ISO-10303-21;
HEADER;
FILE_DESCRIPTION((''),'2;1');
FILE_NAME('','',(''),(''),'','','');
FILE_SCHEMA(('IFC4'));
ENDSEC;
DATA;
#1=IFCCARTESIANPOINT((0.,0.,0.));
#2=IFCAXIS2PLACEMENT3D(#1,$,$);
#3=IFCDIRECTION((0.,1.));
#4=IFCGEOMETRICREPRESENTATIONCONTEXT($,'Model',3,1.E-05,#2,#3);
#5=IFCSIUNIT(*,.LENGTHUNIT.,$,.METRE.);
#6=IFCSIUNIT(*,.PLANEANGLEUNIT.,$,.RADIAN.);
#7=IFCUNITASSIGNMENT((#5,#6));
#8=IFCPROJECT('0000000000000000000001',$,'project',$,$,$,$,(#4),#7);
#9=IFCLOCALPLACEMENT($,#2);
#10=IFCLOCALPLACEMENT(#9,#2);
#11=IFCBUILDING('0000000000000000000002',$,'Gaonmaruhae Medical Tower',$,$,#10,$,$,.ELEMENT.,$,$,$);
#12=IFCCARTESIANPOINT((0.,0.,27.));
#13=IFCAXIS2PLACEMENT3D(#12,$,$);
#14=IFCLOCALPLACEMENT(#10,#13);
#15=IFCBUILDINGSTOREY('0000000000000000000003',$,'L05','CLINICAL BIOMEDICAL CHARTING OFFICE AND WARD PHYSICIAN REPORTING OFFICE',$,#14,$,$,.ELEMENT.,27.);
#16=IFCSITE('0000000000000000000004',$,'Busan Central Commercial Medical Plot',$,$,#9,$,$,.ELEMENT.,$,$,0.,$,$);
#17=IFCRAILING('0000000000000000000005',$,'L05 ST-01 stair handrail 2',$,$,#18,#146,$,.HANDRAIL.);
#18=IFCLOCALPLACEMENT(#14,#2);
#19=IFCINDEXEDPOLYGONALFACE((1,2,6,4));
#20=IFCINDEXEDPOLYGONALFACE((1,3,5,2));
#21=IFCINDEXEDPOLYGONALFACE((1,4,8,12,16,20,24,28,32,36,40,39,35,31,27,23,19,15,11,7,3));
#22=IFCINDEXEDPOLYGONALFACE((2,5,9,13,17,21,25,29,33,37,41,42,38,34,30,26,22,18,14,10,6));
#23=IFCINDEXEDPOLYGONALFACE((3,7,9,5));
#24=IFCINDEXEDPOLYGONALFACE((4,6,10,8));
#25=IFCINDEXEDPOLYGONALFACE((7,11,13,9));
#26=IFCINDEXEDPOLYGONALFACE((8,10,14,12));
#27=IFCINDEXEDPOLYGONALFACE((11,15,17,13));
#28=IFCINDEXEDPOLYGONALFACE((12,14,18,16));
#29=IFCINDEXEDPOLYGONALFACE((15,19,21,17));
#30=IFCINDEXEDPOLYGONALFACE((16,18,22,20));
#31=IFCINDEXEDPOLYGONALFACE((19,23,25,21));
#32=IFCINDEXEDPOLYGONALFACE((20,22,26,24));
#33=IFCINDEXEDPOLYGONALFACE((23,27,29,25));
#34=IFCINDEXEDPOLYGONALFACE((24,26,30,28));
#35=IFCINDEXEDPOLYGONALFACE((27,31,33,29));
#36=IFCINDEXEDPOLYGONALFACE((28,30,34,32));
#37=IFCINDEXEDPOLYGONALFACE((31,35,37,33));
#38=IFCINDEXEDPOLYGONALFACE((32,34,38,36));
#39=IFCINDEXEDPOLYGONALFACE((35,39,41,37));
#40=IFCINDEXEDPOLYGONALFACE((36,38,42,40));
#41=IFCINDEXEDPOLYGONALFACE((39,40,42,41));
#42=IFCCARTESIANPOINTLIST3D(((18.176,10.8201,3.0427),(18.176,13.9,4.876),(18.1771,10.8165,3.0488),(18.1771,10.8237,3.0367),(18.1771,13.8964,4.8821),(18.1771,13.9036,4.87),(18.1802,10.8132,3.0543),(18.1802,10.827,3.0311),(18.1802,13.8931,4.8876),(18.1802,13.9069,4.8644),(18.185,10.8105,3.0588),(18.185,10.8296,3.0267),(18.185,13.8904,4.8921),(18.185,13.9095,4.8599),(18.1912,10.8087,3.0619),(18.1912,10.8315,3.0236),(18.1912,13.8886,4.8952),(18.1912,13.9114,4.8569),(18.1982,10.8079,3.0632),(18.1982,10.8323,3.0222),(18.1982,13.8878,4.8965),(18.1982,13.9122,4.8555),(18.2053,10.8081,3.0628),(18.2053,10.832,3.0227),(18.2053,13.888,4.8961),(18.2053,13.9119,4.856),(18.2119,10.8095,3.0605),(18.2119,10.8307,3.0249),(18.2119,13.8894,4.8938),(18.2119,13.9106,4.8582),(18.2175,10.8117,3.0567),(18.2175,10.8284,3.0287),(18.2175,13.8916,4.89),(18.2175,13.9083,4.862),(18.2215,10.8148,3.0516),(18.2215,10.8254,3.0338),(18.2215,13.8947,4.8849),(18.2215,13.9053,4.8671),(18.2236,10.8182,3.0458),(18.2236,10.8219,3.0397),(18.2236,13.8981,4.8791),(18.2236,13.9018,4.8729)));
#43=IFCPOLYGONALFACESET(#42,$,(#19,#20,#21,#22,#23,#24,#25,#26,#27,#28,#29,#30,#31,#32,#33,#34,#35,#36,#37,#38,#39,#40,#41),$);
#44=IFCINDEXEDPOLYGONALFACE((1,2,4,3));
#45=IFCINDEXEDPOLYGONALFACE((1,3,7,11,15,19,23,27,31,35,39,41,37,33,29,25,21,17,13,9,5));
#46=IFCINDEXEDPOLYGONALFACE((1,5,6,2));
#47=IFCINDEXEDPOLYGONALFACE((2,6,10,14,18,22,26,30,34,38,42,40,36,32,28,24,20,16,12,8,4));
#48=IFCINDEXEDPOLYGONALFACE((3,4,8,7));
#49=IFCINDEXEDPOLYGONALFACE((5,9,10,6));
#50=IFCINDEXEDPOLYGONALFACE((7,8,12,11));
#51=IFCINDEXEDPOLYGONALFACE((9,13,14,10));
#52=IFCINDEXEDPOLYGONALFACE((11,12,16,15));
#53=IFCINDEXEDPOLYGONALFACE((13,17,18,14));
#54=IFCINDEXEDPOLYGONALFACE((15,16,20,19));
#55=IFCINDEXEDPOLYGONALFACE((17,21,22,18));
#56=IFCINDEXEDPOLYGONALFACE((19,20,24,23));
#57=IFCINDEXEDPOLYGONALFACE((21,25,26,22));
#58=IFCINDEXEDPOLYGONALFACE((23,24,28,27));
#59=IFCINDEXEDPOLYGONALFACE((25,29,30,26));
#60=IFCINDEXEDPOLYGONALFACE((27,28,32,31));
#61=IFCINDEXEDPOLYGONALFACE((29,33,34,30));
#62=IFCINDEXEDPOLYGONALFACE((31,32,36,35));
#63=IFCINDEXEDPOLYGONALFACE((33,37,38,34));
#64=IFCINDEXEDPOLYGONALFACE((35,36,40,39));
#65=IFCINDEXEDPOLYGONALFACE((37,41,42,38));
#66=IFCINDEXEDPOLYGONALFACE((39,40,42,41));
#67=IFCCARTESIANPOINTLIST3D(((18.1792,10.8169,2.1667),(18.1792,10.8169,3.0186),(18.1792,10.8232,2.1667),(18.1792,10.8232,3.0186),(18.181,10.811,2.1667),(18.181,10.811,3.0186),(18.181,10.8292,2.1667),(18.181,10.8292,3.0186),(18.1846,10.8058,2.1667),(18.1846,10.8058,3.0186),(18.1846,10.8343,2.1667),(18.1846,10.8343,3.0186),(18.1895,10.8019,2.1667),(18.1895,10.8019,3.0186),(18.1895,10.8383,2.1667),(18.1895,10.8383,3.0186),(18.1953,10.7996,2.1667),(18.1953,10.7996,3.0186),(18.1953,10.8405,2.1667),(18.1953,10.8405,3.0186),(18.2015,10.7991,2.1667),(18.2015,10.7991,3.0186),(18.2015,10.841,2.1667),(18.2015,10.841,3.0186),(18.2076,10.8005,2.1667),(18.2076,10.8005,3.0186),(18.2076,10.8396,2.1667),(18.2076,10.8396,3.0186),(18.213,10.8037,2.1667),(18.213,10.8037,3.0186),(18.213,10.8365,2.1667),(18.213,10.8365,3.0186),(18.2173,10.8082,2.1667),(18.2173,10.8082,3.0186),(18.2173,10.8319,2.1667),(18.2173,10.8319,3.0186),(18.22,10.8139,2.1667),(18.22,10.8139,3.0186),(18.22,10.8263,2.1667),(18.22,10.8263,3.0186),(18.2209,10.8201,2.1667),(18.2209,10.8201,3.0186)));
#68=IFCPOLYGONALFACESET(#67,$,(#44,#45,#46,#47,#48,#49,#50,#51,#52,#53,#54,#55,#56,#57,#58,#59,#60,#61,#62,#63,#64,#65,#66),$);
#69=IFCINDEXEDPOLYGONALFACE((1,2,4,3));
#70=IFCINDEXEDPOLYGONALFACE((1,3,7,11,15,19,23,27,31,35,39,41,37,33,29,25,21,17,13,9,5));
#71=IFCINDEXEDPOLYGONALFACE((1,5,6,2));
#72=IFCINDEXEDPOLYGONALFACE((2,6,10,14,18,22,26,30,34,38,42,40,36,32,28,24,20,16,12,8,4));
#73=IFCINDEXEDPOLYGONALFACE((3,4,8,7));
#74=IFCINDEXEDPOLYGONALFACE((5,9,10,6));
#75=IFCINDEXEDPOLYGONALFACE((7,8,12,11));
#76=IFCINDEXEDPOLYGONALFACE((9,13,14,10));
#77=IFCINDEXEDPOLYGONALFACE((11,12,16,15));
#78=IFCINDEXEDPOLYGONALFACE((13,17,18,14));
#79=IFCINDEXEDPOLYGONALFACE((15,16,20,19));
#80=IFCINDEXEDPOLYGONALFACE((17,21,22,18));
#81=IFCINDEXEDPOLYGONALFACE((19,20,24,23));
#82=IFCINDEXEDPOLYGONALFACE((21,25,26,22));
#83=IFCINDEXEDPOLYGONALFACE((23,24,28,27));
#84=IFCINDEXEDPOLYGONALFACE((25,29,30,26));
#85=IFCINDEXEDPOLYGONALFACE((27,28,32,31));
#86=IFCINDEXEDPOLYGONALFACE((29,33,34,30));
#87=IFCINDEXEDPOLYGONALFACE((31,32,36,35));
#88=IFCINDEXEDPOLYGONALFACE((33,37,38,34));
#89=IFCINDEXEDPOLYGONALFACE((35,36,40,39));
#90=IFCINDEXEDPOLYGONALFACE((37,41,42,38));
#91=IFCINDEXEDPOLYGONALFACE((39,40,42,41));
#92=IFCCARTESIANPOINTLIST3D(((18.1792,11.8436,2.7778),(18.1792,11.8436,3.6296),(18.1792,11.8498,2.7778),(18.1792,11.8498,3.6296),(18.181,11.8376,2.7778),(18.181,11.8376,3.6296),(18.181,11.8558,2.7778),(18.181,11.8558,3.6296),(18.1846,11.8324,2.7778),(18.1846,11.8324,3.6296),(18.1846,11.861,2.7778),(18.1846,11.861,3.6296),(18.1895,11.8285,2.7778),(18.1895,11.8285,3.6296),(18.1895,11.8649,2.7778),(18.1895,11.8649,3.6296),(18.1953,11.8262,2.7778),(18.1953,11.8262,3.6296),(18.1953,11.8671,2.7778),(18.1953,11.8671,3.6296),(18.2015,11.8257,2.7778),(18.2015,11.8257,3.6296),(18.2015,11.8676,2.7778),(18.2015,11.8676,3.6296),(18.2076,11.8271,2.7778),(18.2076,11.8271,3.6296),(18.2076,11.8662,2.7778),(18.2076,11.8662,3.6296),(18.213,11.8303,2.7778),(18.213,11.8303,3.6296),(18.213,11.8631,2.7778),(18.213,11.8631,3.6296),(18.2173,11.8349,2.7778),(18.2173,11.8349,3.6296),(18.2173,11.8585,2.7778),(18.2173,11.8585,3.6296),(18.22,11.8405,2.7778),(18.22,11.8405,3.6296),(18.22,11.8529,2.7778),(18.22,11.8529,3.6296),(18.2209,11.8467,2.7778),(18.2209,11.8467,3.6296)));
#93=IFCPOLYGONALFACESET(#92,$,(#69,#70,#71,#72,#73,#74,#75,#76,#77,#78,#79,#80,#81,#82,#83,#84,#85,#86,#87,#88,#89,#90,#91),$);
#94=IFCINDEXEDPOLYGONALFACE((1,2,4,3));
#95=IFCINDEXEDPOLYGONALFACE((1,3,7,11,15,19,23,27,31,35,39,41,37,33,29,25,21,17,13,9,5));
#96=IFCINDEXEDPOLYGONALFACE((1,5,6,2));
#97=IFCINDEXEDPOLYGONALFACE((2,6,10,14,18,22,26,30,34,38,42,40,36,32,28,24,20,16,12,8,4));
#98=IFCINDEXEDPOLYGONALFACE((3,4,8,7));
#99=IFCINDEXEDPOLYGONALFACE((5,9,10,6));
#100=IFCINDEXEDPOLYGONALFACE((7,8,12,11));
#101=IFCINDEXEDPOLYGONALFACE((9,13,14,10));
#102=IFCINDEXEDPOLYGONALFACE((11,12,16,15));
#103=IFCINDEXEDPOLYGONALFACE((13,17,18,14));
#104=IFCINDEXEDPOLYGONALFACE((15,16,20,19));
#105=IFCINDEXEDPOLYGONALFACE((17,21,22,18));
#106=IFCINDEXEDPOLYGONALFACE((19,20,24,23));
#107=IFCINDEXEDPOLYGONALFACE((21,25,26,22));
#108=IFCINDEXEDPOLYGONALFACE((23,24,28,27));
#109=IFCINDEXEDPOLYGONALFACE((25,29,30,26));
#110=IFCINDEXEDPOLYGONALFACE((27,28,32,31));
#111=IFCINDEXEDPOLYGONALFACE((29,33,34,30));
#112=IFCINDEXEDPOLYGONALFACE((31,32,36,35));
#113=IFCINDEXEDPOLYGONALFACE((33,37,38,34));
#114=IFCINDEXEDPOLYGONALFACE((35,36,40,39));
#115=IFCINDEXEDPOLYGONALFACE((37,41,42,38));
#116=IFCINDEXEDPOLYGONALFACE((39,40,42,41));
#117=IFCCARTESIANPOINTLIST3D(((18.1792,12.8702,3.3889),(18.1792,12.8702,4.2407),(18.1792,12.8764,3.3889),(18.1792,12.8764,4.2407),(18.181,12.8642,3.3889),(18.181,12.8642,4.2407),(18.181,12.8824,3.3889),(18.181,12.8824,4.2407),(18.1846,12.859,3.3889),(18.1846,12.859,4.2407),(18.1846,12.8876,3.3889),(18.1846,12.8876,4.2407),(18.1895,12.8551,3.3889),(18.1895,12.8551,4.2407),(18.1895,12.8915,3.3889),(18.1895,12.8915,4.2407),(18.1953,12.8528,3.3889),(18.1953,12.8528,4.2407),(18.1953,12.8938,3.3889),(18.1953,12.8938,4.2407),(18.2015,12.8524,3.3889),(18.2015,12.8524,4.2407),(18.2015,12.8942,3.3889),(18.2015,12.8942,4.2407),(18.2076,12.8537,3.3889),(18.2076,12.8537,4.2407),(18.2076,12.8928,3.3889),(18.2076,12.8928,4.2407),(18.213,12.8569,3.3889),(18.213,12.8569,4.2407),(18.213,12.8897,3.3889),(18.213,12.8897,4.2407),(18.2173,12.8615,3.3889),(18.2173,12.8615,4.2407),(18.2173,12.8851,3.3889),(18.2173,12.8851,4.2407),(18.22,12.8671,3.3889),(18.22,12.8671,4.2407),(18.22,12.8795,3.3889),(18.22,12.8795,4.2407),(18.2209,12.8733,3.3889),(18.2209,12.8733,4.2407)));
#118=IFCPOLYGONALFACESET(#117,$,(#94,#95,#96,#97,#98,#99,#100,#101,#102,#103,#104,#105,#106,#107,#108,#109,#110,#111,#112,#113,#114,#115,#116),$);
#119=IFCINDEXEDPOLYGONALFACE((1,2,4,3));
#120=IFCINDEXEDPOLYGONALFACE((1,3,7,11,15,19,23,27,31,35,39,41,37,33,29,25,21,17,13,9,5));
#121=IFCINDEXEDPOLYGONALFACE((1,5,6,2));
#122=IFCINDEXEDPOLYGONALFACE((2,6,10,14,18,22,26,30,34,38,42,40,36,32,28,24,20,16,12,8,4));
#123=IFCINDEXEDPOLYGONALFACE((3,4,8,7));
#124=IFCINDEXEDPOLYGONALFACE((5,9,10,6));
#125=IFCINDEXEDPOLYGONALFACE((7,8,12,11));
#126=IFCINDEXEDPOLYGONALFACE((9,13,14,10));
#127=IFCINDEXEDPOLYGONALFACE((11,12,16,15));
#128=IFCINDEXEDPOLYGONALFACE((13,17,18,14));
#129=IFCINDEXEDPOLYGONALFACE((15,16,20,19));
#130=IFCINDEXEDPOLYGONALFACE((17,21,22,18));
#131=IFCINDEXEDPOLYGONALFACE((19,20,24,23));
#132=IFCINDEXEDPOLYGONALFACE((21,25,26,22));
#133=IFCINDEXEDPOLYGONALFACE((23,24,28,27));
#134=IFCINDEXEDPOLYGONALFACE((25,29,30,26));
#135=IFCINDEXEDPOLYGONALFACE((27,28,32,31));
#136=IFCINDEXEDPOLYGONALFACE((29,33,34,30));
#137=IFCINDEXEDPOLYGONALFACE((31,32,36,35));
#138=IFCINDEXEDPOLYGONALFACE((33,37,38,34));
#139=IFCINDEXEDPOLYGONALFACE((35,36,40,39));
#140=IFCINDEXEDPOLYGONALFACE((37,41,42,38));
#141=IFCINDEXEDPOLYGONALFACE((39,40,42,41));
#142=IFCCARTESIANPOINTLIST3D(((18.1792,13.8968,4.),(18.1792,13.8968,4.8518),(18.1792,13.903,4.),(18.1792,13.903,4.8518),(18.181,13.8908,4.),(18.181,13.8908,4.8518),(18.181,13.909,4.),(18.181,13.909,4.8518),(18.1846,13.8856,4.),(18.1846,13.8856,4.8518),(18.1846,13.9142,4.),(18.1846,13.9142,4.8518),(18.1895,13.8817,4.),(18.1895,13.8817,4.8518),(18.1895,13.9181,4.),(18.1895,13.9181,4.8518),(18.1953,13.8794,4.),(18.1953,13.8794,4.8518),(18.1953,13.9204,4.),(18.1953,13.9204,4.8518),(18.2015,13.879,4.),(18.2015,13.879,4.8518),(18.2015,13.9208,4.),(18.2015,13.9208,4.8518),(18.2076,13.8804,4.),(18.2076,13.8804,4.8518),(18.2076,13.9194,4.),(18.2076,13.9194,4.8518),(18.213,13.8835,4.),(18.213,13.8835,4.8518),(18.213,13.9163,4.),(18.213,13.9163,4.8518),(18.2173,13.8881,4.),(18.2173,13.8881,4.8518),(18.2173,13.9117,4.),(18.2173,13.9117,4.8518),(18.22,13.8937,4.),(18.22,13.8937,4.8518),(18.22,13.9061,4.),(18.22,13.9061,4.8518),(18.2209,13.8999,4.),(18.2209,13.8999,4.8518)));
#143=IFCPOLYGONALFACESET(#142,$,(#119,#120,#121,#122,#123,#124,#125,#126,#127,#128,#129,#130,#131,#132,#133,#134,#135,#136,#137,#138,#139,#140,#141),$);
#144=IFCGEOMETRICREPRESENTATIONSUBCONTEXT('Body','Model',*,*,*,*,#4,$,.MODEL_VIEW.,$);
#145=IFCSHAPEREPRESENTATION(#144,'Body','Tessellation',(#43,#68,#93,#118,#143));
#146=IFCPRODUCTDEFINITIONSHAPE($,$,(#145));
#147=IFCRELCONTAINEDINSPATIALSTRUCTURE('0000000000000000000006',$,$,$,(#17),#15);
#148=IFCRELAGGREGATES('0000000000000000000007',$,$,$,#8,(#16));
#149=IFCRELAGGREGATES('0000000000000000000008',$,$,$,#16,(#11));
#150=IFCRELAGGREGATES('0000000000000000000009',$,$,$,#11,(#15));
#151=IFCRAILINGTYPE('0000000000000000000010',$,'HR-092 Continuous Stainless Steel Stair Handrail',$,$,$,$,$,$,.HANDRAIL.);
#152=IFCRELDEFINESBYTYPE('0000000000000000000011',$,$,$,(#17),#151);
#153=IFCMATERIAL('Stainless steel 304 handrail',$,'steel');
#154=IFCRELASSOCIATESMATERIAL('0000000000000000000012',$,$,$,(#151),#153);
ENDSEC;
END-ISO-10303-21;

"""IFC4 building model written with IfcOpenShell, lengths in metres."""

from ifc_helpers import new_model, si_unit, direction, frame, origin, origin_2d, place, context, subcontext, project, spatial, circle, extrude, material, type_object, element, save


model = new_model("IFC4")

# Units and contexts
model_context = context("Model", 3, precision=1e-05, world=origin(), true_north=direction((0.0, 1.0)))
body_context = subcontext(model_context, "Body", "Model", "MODEL_VIEW")
ifc_project = project(units=[si_unit("LENGTHUNIT", "METRE"), si_unit("PLANEANGLEUNIT", "RADIAN")], contexts=[model_context])

# Site, building, storey
site_placement = place(None, origin())
site = spatial("IfcSite", under=ifc_project, at=site_placement, Name="Busan Central Commercial Medical Plot", CompositionType="ELEMENT", RefElevation=0.0)
building_placement = place(site_placement, origin())
building = spatial("IfcBuilding", under=site, at=building_placement, Name="Gaonmaruhae Medical Tower", CompositionType="ELEMENT")
storey_placement = place(building_placement, frame((0.0, 0.0, 27.0)))
storey = spatial("IfcBuildingStorey", under=building, at=storey_placement, Name="L05", Description="CLINICAL BIOMEDICAL CHARTING OFFICE AND WARD PHYSICIAN REPORTING OFFICE", CompositionType="ELEMENT", Elevation=27.0)

# Railing
ifc_material_1 = material(Name="Stainless steel 304 handrail", Category="steel")
railing_type_1 = type_object("IfcRailingType", Name="HR-092 Continuous Stainless Steel Stair Handrail", PredefinedType="HANDRAIL", material=ifc_material_1)
railing_1_placement = place(storey_placement, frame((18.2, 10.8201, 2.1667)))
element("IfcRailing", 1, at=railing_1_placement, inside=storey, type_object=railing_type_1, Name="L05 ST-01 stair handrail 2", PredefinedType="HANDRAIL", context=body_context, shape_type="SweptSolid", body=[
    extrude(circle(Radius=0.0239, at=origin_2d()), frame((0.0, 0.0, 0.876), z_axis=(0.0, 0.859291, 0.511487), x_axis=(-1.0, 0.0, 0.0)), (0.0, 0.0, 1.0), 3.5842),
    extrude(circle(Radius=0.021, at=origin_2d()), origin(), (0.0, 0.0, 1.0), 0.8518),
    extrude(circle(Radius=0.021, at=origin_2d()), frame((0.0, 1.0266, 0.6111)), (0.0, 0.0, 1.0), 0.8518),
    extrude(circle(Radius=0.021, at=origin_2d()), frame((0.0, 2.0532, 1.2222)), (0.0, 0.0, 1.0), 0.8518),
    extrude(circle(Radius=0.021, at=origin_2d()), frame((0.0, 3.0798, 1.8333)), (0.0, 0.0, 1.0), 0.8518),
])

save(model, "model.ifc")
